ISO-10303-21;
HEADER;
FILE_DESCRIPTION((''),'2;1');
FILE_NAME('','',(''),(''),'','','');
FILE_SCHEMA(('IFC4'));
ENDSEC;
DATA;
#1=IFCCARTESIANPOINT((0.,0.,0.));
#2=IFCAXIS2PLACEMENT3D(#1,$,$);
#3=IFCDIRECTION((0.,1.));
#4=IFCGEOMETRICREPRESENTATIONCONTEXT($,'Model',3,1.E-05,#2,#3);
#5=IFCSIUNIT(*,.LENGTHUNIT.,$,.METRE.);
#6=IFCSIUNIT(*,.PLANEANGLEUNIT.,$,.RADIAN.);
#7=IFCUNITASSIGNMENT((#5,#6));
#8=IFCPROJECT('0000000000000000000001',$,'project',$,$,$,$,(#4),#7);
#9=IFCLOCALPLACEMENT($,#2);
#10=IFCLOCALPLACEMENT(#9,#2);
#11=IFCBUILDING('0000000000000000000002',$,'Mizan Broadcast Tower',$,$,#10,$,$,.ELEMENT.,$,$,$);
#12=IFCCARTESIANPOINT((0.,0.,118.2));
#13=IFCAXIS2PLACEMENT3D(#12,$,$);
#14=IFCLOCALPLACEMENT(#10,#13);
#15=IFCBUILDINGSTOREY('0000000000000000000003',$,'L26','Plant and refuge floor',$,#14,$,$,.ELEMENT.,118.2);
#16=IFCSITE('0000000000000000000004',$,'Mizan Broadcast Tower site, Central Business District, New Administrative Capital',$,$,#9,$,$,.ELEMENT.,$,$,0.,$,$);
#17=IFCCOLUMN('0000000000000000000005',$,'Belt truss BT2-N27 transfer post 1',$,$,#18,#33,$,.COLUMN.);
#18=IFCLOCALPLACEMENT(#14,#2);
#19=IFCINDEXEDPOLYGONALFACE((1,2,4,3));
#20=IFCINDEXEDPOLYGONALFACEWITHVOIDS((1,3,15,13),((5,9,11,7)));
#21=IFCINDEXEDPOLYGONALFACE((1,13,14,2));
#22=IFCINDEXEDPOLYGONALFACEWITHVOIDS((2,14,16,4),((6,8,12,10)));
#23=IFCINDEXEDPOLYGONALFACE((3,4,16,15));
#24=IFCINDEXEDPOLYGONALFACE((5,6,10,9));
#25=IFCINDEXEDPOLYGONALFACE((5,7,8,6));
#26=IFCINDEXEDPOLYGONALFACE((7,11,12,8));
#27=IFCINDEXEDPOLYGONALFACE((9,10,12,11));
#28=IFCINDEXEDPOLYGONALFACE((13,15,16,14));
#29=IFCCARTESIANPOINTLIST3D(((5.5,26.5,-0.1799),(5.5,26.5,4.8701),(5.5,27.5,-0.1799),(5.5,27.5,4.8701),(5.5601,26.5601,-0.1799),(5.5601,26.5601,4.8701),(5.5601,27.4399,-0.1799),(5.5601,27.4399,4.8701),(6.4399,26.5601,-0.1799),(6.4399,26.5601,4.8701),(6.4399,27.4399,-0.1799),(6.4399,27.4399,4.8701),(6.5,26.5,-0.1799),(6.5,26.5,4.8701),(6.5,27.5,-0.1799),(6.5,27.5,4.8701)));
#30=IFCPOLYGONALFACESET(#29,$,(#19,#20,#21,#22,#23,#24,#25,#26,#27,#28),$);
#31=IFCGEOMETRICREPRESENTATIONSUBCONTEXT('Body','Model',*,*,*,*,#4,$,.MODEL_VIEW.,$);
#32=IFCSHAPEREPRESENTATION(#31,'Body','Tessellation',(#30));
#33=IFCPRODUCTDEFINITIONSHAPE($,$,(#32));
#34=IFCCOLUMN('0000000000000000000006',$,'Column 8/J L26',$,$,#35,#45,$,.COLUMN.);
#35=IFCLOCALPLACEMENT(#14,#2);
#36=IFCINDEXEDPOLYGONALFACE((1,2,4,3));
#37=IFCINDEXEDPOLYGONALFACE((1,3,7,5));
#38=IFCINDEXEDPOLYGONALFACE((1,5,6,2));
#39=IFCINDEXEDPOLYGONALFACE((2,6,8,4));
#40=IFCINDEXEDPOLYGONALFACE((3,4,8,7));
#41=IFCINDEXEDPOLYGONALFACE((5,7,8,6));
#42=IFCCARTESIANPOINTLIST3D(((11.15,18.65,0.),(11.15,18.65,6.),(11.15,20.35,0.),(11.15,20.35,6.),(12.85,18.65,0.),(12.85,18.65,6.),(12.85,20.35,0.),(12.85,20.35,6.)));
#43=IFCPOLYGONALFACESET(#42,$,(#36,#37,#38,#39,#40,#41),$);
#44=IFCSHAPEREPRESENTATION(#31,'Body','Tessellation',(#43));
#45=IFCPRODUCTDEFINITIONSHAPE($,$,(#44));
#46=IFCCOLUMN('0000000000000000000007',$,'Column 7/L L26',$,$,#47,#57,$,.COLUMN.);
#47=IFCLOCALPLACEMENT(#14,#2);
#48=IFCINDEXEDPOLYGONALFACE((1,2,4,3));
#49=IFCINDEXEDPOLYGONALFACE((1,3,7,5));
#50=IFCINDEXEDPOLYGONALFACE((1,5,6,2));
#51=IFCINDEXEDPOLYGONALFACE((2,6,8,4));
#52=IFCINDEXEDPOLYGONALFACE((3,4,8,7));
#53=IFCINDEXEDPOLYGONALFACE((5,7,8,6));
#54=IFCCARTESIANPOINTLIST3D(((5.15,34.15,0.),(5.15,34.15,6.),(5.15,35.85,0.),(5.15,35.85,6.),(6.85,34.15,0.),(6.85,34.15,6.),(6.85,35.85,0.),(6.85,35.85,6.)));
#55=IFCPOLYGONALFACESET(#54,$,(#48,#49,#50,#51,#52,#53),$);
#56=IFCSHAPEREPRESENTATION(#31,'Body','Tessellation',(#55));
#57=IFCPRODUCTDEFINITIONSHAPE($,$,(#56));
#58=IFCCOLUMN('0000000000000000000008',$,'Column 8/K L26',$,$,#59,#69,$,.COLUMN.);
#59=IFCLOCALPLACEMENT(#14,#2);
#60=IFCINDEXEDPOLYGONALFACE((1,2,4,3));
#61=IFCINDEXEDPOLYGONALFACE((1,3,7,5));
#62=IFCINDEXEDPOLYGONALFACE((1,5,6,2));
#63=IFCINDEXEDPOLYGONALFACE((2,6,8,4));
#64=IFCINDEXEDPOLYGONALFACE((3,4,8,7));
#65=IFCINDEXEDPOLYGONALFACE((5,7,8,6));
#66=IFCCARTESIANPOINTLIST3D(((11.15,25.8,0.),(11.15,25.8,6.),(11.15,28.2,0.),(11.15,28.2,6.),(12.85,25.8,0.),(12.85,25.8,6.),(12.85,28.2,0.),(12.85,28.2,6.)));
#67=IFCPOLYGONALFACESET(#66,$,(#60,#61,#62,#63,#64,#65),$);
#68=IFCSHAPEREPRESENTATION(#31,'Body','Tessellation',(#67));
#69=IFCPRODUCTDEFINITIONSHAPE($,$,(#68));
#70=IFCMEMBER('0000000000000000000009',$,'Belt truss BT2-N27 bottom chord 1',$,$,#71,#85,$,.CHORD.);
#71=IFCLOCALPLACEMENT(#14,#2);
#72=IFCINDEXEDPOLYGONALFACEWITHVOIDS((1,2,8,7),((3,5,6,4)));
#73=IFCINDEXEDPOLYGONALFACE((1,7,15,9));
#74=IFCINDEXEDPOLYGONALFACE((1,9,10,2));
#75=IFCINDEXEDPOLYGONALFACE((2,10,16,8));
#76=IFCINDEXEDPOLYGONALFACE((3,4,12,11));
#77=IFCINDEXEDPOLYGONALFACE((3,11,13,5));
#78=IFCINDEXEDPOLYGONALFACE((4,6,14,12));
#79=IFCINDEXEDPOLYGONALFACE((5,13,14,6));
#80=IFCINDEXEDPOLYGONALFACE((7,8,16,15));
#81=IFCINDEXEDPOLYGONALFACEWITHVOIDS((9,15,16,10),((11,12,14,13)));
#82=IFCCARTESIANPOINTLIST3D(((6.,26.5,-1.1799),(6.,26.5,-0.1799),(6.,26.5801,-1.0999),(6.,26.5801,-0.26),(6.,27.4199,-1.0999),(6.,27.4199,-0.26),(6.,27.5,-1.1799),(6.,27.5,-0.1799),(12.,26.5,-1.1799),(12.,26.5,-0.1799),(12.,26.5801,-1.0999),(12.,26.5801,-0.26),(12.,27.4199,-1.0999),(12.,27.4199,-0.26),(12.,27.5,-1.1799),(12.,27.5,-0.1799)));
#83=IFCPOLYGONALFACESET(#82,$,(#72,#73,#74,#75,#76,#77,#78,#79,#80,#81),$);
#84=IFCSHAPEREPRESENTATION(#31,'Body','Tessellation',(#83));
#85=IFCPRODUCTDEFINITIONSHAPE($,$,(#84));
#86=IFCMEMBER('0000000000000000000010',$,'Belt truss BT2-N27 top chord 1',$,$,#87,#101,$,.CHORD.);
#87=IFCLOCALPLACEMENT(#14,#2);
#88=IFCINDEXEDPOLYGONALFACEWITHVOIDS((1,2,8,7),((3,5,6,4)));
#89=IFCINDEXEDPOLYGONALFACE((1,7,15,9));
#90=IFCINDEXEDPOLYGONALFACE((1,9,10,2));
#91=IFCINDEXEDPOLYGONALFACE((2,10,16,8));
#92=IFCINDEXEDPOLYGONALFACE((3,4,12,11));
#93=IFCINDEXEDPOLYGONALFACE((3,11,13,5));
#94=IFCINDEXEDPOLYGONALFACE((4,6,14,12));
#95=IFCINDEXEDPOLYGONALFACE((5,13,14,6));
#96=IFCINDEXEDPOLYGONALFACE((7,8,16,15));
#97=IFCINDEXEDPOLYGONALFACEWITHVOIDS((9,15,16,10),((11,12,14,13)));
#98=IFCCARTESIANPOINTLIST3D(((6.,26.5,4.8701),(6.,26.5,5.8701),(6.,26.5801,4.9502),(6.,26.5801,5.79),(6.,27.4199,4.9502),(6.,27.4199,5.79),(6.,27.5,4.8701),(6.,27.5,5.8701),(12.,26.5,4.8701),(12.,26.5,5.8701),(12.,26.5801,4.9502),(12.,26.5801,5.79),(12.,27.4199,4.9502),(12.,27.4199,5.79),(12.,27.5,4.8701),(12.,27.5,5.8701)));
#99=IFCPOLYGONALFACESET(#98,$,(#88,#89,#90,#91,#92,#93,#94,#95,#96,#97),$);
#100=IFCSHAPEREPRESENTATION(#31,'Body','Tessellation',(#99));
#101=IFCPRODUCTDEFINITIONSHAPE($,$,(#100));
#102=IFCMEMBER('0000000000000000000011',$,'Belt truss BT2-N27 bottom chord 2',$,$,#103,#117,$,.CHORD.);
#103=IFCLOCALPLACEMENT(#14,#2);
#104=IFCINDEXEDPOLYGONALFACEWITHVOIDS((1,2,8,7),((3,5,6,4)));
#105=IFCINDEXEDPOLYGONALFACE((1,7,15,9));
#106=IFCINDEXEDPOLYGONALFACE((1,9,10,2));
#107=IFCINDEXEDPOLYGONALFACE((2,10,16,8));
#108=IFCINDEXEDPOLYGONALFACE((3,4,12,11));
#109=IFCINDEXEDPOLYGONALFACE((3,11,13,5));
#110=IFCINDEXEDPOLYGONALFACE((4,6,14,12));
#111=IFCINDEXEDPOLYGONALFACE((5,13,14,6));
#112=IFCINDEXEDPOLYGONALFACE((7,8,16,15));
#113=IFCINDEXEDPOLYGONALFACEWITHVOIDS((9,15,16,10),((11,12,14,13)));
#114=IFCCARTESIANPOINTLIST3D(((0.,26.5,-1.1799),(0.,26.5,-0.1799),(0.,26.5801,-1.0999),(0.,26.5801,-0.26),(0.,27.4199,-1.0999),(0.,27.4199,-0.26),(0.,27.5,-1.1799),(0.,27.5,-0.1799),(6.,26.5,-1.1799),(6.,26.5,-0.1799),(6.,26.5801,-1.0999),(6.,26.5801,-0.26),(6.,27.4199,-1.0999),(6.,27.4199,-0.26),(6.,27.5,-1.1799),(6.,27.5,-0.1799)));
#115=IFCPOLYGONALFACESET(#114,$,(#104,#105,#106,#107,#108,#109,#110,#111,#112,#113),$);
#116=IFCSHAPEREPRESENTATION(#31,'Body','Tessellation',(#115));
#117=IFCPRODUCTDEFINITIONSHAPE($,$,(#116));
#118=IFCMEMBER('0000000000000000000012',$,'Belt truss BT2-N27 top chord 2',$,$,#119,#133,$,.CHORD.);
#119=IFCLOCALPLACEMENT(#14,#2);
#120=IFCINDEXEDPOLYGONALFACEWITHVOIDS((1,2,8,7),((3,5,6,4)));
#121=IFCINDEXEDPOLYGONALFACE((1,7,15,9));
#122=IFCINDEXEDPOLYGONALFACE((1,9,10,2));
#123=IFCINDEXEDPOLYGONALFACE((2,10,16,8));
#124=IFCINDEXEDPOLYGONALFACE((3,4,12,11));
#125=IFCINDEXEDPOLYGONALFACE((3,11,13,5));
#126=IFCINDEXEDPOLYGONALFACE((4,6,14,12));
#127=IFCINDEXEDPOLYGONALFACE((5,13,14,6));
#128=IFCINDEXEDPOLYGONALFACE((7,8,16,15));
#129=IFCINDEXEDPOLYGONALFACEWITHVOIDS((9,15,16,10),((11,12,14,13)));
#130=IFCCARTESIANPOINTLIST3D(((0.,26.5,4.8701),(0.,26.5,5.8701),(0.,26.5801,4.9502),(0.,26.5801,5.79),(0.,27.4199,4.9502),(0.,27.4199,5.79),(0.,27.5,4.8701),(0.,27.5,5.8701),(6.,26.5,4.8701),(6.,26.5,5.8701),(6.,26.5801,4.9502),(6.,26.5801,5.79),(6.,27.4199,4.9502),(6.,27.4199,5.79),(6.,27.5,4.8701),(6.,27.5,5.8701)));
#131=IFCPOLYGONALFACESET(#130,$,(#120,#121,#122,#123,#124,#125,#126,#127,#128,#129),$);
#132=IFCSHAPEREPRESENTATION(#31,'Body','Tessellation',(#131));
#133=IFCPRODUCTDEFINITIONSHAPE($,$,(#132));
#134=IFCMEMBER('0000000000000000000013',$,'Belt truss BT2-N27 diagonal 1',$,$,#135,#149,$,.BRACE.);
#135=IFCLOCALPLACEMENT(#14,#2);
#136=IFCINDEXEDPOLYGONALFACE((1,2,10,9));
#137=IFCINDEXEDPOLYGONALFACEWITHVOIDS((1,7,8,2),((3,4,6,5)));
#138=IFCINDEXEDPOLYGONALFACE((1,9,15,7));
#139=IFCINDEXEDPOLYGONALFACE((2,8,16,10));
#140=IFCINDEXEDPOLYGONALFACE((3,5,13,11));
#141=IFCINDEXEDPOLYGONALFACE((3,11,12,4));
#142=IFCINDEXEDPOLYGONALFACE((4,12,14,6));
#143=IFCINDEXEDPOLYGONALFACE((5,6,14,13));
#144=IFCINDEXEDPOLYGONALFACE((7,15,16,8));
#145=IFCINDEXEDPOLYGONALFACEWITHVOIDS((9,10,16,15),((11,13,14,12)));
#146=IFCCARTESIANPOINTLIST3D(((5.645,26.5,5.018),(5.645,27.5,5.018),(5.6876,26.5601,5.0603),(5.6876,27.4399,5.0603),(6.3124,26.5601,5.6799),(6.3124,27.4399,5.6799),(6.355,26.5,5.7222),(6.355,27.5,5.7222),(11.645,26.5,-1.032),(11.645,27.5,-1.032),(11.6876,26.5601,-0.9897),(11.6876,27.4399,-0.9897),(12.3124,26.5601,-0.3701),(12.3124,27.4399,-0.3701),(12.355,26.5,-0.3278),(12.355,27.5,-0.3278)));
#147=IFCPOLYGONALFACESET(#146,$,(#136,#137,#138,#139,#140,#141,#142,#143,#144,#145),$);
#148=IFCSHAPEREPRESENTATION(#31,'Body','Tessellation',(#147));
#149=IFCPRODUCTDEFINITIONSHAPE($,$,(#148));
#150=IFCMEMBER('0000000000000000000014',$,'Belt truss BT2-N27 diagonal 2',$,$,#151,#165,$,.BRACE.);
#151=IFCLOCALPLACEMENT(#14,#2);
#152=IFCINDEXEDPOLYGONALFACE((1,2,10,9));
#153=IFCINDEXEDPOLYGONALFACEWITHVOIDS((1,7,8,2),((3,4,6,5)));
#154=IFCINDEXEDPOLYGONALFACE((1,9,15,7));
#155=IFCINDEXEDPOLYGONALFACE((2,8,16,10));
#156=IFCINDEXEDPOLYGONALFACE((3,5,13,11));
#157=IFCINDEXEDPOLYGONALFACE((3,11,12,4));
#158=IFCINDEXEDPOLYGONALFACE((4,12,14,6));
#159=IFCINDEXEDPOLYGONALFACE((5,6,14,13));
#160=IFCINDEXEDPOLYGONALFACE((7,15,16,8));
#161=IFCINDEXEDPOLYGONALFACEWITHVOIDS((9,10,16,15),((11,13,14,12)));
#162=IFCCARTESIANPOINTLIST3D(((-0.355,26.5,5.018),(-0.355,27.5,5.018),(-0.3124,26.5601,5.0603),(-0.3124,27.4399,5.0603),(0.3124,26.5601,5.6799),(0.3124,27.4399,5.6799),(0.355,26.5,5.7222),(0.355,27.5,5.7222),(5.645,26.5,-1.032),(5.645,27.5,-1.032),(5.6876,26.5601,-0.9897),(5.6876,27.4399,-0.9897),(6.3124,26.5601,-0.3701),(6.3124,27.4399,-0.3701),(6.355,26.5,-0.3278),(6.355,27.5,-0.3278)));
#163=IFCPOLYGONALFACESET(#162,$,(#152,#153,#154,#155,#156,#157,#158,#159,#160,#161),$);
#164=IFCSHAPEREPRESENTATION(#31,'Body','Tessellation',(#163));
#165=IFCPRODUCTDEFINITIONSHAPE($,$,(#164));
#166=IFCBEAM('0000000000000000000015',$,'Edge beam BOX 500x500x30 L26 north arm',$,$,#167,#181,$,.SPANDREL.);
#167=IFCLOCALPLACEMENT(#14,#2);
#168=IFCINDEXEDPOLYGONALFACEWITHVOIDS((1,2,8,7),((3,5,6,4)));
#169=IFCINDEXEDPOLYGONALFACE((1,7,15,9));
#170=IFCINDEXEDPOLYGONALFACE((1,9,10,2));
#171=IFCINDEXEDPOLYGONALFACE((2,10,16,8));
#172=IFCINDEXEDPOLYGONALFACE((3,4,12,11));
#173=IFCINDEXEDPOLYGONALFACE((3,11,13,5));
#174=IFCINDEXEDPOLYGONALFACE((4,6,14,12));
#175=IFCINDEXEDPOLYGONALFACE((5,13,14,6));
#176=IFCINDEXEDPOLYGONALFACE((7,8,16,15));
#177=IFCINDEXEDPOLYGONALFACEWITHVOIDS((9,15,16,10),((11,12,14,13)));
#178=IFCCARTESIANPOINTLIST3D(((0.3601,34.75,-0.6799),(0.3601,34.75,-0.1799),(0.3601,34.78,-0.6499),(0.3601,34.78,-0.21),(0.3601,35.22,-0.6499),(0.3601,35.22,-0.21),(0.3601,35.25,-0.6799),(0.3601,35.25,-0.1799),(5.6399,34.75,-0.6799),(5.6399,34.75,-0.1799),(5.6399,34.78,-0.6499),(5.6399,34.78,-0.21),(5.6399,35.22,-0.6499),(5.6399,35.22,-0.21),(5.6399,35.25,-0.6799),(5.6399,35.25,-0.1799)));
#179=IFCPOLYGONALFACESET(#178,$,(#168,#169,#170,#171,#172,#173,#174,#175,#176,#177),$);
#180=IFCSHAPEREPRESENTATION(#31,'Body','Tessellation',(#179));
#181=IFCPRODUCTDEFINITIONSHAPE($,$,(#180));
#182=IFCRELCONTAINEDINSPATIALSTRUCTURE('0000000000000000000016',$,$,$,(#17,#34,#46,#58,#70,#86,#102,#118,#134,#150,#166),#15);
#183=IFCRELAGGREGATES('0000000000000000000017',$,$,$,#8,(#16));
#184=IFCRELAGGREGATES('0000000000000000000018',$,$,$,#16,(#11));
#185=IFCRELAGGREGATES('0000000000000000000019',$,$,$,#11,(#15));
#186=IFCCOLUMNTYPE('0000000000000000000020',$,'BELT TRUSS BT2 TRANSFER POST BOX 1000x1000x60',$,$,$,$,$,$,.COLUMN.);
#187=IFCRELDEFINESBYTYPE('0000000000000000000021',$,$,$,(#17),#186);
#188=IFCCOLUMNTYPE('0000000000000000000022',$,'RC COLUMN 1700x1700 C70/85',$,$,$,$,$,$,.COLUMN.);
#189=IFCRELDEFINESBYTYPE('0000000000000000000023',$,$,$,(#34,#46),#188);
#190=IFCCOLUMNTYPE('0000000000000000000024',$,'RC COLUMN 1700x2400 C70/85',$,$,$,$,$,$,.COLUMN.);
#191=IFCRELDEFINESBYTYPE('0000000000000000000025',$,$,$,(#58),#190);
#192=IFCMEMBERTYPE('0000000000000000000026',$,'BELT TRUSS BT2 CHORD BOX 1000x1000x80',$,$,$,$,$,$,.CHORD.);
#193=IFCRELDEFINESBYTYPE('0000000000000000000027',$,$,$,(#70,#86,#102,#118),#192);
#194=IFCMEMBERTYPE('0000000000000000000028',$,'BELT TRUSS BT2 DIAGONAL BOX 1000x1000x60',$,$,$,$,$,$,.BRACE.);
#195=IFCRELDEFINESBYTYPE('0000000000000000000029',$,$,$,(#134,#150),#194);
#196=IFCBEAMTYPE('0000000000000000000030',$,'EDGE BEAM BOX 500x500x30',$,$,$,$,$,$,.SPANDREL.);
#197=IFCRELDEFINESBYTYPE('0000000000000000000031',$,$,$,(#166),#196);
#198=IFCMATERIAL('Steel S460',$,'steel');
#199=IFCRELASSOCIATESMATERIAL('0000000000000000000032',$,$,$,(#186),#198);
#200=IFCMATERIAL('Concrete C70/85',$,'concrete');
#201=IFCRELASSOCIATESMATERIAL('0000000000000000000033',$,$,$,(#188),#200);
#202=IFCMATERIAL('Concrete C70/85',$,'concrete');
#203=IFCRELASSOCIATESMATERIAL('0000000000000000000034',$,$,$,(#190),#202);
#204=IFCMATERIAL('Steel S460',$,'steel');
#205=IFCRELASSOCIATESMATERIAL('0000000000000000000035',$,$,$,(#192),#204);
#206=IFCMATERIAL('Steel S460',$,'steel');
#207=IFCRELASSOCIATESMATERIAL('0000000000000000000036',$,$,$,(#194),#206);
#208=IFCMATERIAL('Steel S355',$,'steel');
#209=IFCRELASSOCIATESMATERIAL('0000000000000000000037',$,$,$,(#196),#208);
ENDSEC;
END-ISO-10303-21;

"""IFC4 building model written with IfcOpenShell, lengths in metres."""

from ifc_helpers import new_model, si_unit, direction, frame, origin, origin_2d, place, context, subcontext, project, spatial, rectangle, hollow_rectangle, extrude, material, material_profile, profile_set, type_object, element, save


model = new_model("IFC4")

# Units and contexts
model_context = context("Model", 3, precision=1e-05, world=origin(), true_north=direction((0.0, 1.0)))
body_context = subcontext(model_context, "Body", "Model", "MODEL_VIEW")
ifc_project = project(units=[si_unit("LENGTHUNIT", "METRE"), si_unit("PLANEANGLEUNIT", "RADIAN")], contexts=[model_context])

# Site, building, storey
site_placement = place(None, origin())
site = spatial("IfcSite", under=ifc_project, at=site_placement, Name="Mizan Broadcast Tower site, Central Business District, New Administrative Capital", CompositionType="ELEMENT", RefElevation=0.0)
building_placement = place(site_placement, origin())
building = spatial("IfcBuilding", under=site, at=building_placement, Name="Mizan Broadcast Tower", CompositionType="ELEMENT")
storey_placement = place(building_placement, frame((0.0, 0.0, 118.2)))
storey = spatial("IfcBuildingStorey", under=building, at=storey_placement, Name="L26", Description="Plant and refuge floor", CompositionType="ELEMENT", Elevation=118.2)

# Columns
ifc_material_1 = material(Name="Steel S460", Category="steel")
ifc_material_profile_1 = material_profile(ifc_material_1, hollow_rectangle(XDim=1.0, YDim=1.0, WallThickness=0.0601, at=origin_2d()), Name="BOX 1000x1000x60")
ifc_profile_set_1 = profile_set([ifc_material_profile_1], Name="Steel S460")
column_type_1 = type_object("IfcColumnType", Name="BELT TRUSS BT2 TRANSFER POST BOX 1000x1000x60", PredefinedType="COLUMN", material=ifc_profile_set_1)
column_1_placement = place(storey_placement, frame((6.0, 27.0, -0.1799), z_axis=(0.0, 0.0, 1.0), x_axis=(1.0, 0.0, 0.0)))
element("IfcColumn", 1, at=column_1_placement, inside=storey, type_object=column_type_1, Name="Belt truss BT2-N27 transfer post 1", PredefinedType="COLUMN", context=body_context, shape_type="SweptSolid", body=[
    extrude(hollow_rectangle(XDim=1.0, YDim=1.0, WallThickness=0.0601, at=origin_2d()), origin(), (0.0, 0.0, 1.0), 5.05),
])
ifc_material_2 = material(Name="Concrete C70/85", Category="concrete")
ifc_material_profile_2 = material_profile(ifc_material_2, rectangle(XDim=1.7, YDim=1.7, at=origin_2d()), Name="RC 1700x1700")
ifc_profile_set_2 = profile_set([ifc_material_profile_2], Name="Concrete C70/85")
column_type_2 = type_object("IfcColumnType", Name="RC COLUMN 1700x1700 C70/85", PredefinedType="COLUMN", material=ifc_profile_set_2)
for number, where, z_axis, x_axis, name in (
    (2, (12.0, 19.5, 0.0), (0.0, 0.0, 1.0), (1.0, 0.0, 0.0), "Column 8/J L26"),
    (3, (6.0, 35.0, 0.0), (0.0, 0.0, 1.0), (1.0, 0.0, 0.0), "Column 7/L L26"),
):
    element("IfcColumn", number, at=place(storey_placement, frame(where, z_axis=z_axis, x_axis=x_axis)), inside=storey, type_object=column_type_2, Name=name, PredefinedType="COLUMN", context=body_context, shape_type="SweptSolid", body=[
        extrude(rectangle(XDim=1.7, YDim=1.7, at=origin_2d()), origin(), (0.0, 0.0, 1.0), 6.0),
    ])
ifc_material_3 = material(Name="Concrete C70/85", Category="concrete")
ifc_material_profile_3 = material_profile(ifc_material_3, rectangle(XDim=1.7, YDim=2.3999, at=origin_2d()), Name="RC 1700x2400")
ifc_profile_set_3 = profile_set([ifc_material_profile_3], Name="Concrete C70/85")
column_type_3 = type_object("IfcColumnType", Name="RC COLUMN 1700x2400 C70/85", PredefinedType="COLUMN", material=ifc_profile_set_3)
column_2_placement = place(storey_placement, frame((12.0, 27.0, 0.0), z_axis=(0.0, 0.0, 1.0), x_axis=(1.0, 0.0, 0.0)))
element("IfcColumn", 4, at=column_2_placement, inside=storey, type_object=column_type_3, Name="Column 8/K L26", PredefinedType="COLUMN", context=body_context, shape_type="SweptSolid", body=[
    extrude(rectangle(XDim=1.7, YDim=2.3999, at=origin_2d()), origin(), (0.0, 0.0, 1.0), 6.0),
])

# Members
ifc_material_4 = material(Name="Steel S460", Category="steel")
ifc_material_profile_4 = material_profile(ifc_material_4, hollow_rectangle(XDim=1.0, YDim=1.0, WallThickness=0.0801, at=origin_2d()), Name="BOX 1000x1000x80")
ifc_profile_set_4 = profile_set([ifc_material_profile_4], Name="Steel S460")
member_type_1 = type_object("IfcMemberType", Name="BELT TRUSS BT2 CHORD BOX 1000x1000x80", PredefinedType="CHORD", material=ifc_profile_set_4)
for number, where, z_axis, x_axis, name in (
    (5, (12.0, 27.0, -0.6799), (-1.0, 0.0, 0.0), (0.0, -1.0, 0.0), "Belt truss BT2-N27 bottom chord 1"),
    (6, (12.0, 27.0, 5.3701), (-1.0, 0.0, 0.0), (0.0, -1.0, 0.0), "Belt truss BT2-N27 top chord 1"),
    (7, (6.0, 27.0, -0.6799), (-1.0, 0.0, 0.0), (0.0, -1.0, 0.0), "Belt truss BT2-N27 bottom chord 2"),
    (8, (6.0, 27.0, 5.3701), (-1.0, 0.0, 0.0), (0.0, -1.0, 0.0), "Belt truss BT2-N27 top chord 2"),
):
    element("IfcMember", number, at=place(storey_placement, frame(where, z_axis=z_axis, x_axis=x_axis)), inside=storey, type_object=member_type_1, Name=name, PredefinedType="CHORD", context=body_context, shape_type="SweptSolid", body=[
        extrude(hollow_rectangle(XDim=1.0, YDim=1.0, WallThickness=0.0801, at=origin_2d()), origin(), (0.0, 0.0, 1.0), 6.0),
    ])
ifc_material_5 = material(Name="Steel S460", Category="steel")
ifc_material_profile_5 = material_profile(ifc_material_5, hollow_rectangle(XDim=1.0, YDim=1.0, WallThickness=0.0601, at=origin_2d()), Name="BOX 1000x1000x60")
ifc_profile_set_5 = profile_set([ifc_material_profile_5], Name="Steel S460")
member_type_2 = type_object("IfcMemberType", Name="BELT TRUSS BT2 DIAGONAL BOX 1000x1000x60", PredefinedType="BRACE", material=ifc_profile_set_5)
for number, where, z_axis, x_axis, name in (
    (9, (12.0, 27.0, -0.6799), (-0.704164, 0.0, 0.710038), (0.0, -1.0, 0.0), "Belt truss BT2-N27 diagonal 1"),
    (10, (6.0, 27.0, -0.6799), (-0.704164, 0.0, 0.710038), (0.0, -1.0, 0.0), "Belt truss BT2-N27 diagonal 2"),
):
    element("IfcMember", number, at=place(storey_placement, frame(where, z_axis=z_axis, x_axis=x_axis)), inside=storey, type_object=member_type_2, Name=name, PredefinedType="BRACE", context=body_context, shape_type="SweptSolid", body=[
        extrude(hollow_rectangle(XDim=1.0, YDim=1.0, WallThickness=0.0601, at=origin_2d()), origin(), (0.0, 0.0, 1.0), 8.5208),
    ])

# Beam
ifc_material_6 = material(Name="Steel S355", Category="steel")
ifc_material_profile_6 = material_profile(ifc_material_6, hollow_rectangle(XDim=0.5, YDim=0.5, WallThickness=0.03, at=origin_2d()), Name="BOX 500x500x30")
ifc_profile_set_6 = profile_set([ifc_material_profile_6], Name="Steel S355")
beam_type_1 = type_object("IfcBeamType", Name="EDGE BEAM BOX 500x500x30", PredefinedType="SPANDREL", material=ifc_profile_set_6)
beam_1_placement = place(storey_placement, frame((5.6399, 35.0, -0.4299), z_axis=(-1.0, 0.0, 0.0), x_axis=(0.0, -1.0, 0.0)))
element("IfcBeam", 11, at=beam_1_placement, inside=storey, type_object=beam_type_1, Name="Edge beam BOX 500x500x30 L26 north arm", PredefinedType="SPANDREL", context=body_context, shape_type="SweptSolid", body=[
    extrude(hollow_rectangle(XDim=0.5, YDim=0.5, WallThickness=0.03, at=origin_2d()), origin(), (0.0, 0.0, 1.0), 5.2798),
])

save(model, "model.ifc")
